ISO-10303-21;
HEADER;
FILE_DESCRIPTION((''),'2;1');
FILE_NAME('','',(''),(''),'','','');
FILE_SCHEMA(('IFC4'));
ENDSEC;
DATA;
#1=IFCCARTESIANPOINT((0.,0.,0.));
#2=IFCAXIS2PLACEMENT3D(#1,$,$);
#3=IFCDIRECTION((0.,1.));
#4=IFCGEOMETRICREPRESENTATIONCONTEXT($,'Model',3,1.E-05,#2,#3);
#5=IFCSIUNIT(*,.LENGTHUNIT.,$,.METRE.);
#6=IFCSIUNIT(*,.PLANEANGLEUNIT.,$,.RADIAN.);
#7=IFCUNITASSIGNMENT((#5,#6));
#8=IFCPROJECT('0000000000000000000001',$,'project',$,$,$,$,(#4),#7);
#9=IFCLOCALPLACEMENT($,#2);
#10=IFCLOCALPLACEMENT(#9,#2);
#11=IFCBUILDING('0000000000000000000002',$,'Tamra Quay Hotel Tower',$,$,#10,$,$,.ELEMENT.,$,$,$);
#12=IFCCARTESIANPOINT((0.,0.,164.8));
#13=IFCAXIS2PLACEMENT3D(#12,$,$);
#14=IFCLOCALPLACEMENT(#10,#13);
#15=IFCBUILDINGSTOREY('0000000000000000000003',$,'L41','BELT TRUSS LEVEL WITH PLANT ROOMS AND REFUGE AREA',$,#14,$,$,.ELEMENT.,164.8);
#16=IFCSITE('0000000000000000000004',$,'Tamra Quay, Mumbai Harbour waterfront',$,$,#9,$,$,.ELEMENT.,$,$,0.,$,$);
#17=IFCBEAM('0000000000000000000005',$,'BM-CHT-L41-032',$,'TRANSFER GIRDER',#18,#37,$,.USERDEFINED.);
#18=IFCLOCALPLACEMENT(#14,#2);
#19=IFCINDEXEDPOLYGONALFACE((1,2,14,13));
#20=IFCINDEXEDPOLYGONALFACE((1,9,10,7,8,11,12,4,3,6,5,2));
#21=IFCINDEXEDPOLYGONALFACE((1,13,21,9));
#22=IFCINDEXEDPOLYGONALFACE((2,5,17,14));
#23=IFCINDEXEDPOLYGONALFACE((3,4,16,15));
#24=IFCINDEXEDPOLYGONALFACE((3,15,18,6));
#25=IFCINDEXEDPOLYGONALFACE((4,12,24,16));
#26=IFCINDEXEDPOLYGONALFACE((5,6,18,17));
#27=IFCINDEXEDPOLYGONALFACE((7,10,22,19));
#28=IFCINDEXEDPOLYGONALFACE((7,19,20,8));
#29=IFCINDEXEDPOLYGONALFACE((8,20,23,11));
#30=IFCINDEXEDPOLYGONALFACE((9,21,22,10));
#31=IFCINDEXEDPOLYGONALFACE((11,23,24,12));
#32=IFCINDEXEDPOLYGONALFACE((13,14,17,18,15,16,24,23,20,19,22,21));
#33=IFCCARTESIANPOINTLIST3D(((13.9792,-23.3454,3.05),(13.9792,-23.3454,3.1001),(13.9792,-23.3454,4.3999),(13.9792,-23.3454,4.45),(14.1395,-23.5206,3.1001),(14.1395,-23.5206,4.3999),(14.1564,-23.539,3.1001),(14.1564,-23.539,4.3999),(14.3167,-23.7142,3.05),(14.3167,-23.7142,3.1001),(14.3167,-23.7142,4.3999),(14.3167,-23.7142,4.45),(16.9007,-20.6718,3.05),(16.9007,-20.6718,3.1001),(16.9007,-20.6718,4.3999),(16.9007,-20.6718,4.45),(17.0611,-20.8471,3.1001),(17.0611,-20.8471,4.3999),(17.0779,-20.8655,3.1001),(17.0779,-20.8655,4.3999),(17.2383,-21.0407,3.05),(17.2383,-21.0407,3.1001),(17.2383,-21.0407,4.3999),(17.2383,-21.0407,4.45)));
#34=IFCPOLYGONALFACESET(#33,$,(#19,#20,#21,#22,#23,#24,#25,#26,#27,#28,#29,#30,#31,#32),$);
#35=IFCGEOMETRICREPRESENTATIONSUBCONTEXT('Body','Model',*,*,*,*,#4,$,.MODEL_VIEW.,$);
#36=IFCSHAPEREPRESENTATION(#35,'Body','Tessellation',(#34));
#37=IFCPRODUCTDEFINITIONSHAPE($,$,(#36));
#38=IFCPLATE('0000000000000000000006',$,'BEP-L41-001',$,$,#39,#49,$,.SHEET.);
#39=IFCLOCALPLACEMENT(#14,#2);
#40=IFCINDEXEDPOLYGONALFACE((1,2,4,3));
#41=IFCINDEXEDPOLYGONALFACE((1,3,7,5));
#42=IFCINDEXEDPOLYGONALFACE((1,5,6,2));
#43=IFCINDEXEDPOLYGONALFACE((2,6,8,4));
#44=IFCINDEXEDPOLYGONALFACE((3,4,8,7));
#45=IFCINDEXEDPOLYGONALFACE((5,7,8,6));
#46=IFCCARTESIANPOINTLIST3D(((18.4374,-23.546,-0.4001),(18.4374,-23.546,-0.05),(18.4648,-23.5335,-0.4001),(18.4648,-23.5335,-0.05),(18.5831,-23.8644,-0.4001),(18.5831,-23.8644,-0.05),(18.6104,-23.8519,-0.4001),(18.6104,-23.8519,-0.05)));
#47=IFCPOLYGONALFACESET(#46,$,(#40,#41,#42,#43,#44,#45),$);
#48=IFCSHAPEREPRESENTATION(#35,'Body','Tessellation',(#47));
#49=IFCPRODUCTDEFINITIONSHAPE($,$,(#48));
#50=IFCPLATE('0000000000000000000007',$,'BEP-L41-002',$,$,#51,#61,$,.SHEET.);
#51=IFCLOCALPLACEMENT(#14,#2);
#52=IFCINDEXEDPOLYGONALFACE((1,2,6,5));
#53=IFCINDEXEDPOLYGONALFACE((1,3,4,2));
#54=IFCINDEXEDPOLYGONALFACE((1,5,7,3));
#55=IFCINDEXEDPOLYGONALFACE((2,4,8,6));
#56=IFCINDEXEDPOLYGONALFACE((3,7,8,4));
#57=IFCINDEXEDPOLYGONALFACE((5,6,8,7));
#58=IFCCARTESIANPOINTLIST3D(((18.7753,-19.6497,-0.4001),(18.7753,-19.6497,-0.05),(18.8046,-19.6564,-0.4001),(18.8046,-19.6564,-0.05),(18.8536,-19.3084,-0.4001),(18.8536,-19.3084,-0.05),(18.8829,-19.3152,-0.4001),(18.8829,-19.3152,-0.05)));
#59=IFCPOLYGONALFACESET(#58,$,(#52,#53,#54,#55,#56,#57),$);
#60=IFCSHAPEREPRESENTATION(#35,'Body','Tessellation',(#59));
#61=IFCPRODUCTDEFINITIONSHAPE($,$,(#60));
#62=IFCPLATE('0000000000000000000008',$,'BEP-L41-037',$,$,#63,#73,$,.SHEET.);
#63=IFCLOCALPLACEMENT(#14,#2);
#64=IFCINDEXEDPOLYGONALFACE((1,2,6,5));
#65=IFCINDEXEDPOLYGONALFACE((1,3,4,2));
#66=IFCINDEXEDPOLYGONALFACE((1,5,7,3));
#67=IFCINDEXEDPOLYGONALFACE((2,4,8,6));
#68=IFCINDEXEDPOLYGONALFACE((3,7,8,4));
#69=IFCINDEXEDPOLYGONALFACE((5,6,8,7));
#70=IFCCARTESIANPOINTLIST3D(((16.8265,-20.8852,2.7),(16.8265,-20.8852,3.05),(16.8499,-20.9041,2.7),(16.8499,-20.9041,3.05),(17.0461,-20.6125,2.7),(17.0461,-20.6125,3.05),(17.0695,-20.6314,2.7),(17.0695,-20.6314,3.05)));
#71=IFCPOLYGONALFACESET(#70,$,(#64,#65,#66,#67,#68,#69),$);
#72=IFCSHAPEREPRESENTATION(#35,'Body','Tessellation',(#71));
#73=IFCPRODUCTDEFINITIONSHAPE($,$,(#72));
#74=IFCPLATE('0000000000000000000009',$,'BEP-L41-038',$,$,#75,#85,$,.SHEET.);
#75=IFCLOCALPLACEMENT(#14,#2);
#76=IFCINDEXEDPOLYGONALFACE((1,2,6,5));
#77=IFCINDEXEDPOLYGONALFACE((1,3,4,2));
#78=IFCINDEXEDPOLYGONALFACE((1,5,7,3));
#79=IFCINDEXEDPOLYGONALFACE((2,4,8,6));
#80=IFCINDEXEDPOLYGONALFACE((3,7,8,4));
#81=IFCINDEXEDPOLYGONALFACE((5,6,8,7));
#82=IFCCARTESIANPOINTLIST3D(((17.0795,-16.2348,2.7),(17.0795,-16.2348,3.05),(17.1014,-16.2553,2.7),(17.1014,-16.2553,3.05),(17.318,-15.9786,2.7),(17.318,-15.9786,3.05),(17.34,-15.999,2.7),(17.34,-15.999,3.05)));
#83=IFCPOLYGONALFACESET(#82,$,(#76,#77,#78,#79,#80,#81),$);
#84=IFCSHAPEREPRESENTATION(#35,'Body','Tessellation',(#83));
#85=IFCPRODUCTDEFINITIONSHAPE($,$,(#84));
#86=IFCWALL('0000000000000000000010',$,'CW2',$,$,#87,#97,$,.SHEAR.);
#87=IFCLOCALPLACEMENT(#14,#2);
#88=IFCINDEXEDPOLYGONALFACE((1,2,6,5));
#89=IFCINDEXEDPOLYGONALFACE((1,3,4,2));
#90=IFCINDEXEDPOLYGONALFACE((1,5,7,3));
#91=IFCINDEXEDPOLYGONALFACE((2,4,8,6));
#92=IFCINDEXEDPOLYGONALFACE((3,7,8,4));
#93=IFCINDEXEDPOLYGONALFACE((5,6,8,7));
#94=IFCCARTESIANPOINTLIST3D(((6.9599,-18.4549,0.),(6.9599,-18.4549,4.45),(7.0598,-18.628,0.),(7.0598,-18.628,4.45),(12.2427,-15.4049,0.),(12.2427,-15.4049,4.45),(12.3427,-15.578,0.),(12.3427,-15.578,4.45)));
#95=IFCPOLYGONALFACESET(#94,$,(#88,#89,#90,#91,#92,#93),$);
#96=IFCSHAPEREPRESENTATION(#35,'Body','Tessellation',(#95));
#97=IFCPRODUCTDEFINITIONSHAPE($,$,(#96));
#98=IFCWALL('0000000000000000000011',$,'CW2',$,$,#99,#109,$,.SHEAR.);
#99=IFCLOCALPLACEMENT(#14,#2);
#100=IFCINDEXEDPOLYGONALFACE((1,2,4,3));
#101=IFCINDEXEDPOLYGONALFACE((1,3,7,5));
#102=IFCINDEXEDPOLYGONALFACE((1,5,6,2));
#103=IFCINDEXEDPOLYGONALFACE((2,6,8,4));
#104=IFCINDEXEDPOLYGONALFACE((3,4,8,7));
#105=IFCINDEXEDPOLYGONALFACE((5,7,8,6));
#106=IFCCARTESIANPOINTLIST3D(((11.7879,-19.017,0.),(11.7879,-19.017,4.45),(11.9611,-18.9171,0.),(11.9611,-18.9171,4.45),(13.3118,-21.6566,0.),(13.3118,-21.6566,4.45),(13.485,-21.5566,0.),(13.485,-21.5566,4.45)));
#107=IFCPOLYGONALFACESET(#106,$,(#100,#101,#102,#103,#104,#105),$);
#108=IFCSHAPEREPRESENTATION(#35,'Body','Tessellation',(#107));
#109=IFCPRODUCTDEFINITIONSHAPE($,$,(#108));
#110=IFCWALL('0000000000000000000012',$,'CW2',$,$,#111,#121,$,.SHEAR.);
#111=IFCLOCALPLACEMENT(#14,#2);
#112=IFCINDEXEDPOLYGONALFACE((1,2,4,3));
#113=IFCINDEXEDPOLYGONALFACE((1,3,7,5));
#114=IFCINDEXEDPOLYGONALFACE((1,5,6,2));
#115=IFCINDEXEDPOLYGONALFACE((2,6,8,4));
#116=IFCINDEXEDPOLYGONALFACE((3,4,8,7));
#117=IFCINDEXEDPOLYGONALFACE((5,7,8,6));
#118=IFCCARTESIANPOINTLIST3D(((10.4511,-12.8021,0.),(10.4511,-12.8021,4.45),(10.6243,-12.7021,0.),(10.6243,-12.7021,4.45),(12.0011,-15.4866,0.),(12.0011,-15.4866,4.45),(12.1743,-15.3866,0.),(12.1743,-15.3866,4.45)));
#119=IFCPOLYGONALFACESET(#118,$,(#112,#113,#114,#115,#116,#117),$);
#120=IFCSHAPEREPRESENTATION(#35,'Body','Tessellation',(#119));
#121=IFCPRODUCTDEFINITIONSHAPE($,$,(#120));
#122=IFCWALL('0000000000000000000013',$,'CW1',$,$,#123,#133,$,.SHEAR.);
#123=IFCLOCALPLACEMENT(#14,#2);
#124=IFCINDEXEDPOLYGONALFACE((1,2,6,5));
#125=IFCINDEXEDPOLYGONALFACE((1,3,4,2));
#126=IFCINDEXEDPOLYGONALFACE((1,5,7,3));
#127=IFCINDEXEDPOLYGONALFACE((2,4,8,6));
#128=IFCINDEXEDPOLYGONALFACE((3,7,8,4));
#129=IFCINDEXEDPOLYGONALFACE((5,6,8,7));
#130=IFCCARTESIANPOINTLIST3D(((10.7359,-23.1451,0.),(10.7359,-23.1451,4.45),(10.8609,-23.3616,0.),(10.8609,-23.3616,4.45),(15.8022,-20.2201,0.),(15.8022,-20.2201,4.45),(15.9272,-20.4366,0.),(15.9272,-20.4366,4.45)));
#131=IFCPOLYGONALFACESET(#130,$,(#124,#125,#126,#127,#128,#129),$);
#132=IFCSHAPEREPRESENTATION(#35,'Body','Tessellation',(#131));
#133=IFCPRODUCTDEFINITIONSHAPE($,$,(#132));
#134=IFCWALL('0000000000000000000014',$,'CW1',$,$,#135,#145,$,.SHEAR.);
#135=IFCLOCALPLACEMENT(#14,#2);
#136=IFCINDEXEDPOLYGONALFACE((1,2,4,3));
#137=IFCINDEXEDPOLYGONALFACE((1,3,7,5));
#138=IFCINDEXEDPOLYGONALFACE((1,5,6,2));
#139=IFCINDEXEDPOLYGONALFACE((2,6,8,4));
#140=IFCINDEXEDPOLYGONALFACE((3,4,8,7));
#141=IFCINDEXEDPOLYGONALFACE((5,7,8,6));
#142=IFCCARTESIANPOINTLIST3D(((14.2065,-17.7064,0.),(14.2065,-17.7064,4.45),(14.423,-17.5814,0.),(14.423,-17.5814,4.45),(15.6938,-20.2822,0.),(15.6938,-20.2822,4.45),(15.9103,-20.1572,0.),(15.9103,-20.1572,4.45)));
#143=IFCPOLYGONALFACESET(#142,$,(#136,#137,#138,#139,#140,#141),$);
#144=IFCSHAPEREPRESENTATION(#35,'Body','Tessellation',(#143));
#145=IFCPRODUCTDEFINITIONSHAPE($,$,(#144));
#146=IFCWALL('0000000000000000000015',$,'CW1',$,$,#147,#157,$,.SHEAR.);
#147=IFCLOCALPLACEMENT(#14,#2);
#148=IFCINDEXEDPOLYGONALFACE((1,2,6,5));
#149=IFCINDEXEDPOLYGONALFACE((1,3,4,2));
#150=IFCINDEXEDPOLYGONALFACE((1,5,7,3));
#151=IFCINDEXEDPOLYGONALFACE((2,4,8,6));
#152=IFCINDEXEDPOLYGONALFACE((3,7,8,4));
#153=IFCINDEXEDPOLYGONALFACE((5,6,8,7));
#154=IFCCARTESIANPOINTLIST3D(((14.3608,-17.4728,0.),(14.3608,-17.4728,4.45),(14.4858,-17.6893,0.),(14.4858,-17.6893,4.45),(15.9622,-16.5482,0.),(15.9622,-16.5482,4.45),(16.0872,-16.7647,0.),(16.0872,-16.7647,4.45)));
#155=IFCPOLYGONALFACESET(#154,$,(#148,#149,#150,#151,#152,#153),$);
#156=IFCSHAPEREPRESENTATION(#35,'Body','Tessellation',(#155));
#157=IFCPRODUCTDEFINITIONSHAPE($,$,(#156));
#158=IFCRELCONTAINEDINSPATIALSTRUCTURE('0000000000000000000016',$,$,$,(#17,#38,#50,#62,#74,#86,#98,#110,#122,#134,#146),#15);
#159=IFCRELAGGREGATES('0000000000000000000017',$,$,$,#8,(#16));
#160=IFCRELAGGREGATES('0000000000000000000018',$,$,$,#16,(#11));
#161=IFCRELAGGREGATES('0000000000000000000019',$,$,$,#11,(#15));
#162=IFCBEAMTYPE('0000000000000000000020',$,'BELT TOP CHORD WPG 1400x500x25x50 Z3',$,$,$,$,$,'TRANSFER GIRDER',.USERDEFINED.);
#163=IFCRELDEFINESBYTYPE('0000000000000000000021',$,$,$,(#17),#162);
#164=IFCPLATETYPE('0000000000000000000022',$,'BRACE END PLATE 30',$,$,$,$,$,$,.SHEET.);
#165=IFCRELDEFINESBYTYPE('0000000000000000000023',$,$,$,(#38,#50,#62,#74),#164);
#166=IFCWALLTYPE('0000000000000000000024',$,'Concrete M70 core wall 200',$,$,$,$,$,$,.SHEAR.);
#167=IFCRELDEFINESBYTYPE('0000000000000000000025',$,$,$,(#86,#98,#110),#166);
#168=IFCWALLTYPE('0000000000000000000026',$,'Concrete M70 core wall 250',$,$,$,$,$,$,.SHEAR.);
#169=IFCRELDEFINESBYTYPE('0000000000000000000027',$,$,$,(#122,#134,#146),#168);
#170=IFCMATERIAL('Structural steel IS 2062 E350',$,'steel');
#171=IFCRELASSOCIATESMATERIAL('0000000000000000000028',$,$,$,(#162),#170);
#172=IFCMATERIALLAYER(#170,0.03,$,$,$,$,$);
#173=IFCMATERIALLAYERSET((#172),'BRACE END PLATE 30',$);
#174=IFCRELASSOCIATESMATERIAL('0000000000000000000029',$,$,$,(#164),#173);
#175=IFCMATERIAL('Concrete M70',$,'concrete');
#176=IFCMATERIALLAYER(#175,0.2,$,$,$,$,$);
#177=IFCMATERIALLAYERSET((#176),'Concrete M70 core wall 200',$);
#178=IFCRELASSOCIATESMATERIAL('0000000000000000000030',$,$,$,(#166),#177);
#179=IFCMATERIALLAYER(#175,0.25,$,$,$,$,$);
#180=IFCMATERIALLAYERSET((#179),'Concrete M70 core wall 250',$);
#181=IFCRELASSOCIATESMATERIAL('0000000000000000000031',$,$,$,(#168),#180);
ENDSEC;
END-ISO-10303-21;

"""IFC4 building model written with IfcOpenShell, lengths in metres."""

from ifc_helpers import new_model, si_unit, direction, frame, frame_2d, origin, origin_2d, place, context, subcontext, project, spatial, rectangle, i_section, extrude, material, layer, layer_set, material_profile, profile_set, type_object, element, save


model = new_model("IFC4")

# Units and contexts
model_context = context("Model", 3, precision=1e-05, world=origin(), true_north=direction((0.0, 1.0)))
body_context = subcontext(model_context, "Body", "Model", "MODEL_VIEW")
ifc_project = project(units=[si_unit("LENGTHUNIT", "METRE"), si_unit("PLANEANGLEUNIT", "RADIAN")], contexts=[model_context])

# Site, building, storey
site_placement = place(None, origin())
site = spatial("IfcSite", under=ifc_project, at=site_placement, Name="Tamra Quay, Mumbai Harbour waterfront", CompositionType="ELEMENT", RefElevation=0.0)
building_placement = place(site_placement, origin())
building = spatial("IfcBuilding", under=site, at=building_placement, Name="Tamra Quay Hotel Tower", CompositionType="ELEMENT")
storey_placement = place(building_placement, frame((0.0, 0.0, 164.8)))
storey = spatial("IfcBuildingStorey", under=building, at=storey_placement, Name="L41", Description="BELT TRUSS LEVEL WITH PLANT ROOMS AND REFUGE AREA", CompositionType="ELEMENT", Elevation=164.8)

# Shared definitions
ifc_material_1 = material(Name="Concrete M70", Category="concrete")

# Shared definitions
ifc_material_2 = material(Name="Structural steel IS 2062 E350", Category="steel")

# Beam
ifc_material_profile_1 = material_profile(ifc_material_2, i_section(OverallWidth=0.5, OverallDepth=1.3999, WebThickness=0.0249, FlangeThickness=0.05, at=origin_2d()), Name="WPG 1400x500x25x50")
ifc_profile_set_1 = profile_set([ifc_material_profile_1], Name="Structural steel IS 2062 E350")
beam_type_1 = type_object("IfcBeamType", Name="BELT TOP CHORD WPG 1400x500x25x50 Z3", ElementType="TRANSFER GIRDER", PredefinedType="USERDEFINED", material=ifc_profile_set_1)
beam_1_placement = place(storey_placement, frame((14.1479, -23.5298, 3.75), z_axis=(0.73773, 0.675096, 0.0), x_axis=(-0.675096, 0.73773, 0.0)))
element("IfcBeam", 1, at=beam_1_placement, inside=storey, type_object=beam_type_1, Name="BM-CHT-L41-032", ObjectType="TRANSFER GIRDER", PredefinedType="USERDEFINED", context=body_context, shape_type="SweptSolid", body=[
    extrude(i_section(OverallWidth=0.5, OverallDepth=1.3999, WebThickness=0.0249, FlangeThickness=0.05, at=origin_2d()), origin(), (0.0, 0.0, 1.0), 3.9602),
])

# Plates
ifc_layer_1 = layer(ifc_material_2, 0.03)
ifc_layer_set_1 = layer_set([ifc_layer_1], Name="BRACE END PLATE 30")
plate_type = type_object("IfcPlateType", Name="BRACE END PLATE 30", PredefinedType="SHEET", material=ifc_layer_set_1)
for number, where, z_axis, x_axis, name in (
    (2, (18.5239, -23.699, -0.4001), (0.0, 0.0, 1.0), (0.909358, 0.416014, 0.0), "BEP-L41-001"),
    (3, (18.8291, -19.4824, -0.4001), (0.0, 0.0, 1.0), (-0.974693, 0.223548, 0.0), "BEP-L41-002"),
    (4, (16.948, -20.7583, 2.7), (0.0, 0.0, 1.0), (-0.778877, 0.627176, 0.0), "BEP-L41-037"),
    (5, (17.2097, -16.1169, 2.7), (0.0, 0.0, 1.0), (-0.731939, 0.68137, 0.0), "BEP-L41-038"),
):
    element("IfcPlate", number, at=place(storey_placement, frame(where, z_axis=z_axis, x_axis=x_axis)), inside=storey, type_object=plate_type, Name=name, PredefinedType="SHEET", context=body_context, shape_type="SweptSolid", body=[
        extrude(rectangle(XDim=0.03, YDim=0.3501, at=origin_2d()), origin(), (0.0, 0.0, 1.0), 0.3501),
    ])

# Walls
ifc_layer_2 = layer(ifc_material_1, 0.2)
ifc_layer_set_2 = layer_set([ifc_layer_2], Name="Concrete M70 core wall 200")
wall_type_1 = type_object("IfcWallType", Name="Concrete M70 core wall 200", PredefinedType="SHEAR", material=ifc_layer_set_2)
wall_1_placement = place(storey_placement, frame((12.2927, -15.4915, 0.0), z_axis=(0.0, 0.0, 1.0), x_axis=(-0.86603, -0.499992, 0.0)))
element("IfcWall", 6, at=wall_1_placement, inside=storey, type_object=wall_type_1, Name="CW2", PredefinedType="SHEAR", context=body_context, shape_type="SweptSolid", body=[
    extrude(rectangle(XDim=6.1001, YDim=0.2, at=frame_2d((3.05, 0.0))), origin(), (0.0, 0.0, 1.0), 4.45),
])
wall_2_placement = place(storey_placement, frame((11.8745, -18.967, 0.0), z_axis=(0.0, 0.0, 1.0), x_axis=(0.499981, -0.866036, 0.0)))
element("IfcWall", 7, at=wall_2_placement, inside=storey, type_object=wall_type_1, Name="CW2", PredefinedType="SHEAR", context=body_context, shape_type="SweptSolid", body=[
    extrude(rectangle(XDim=3.0479, YDim=0.2, at=frame_2d((1.5239, 0.0))), origin(), (0.0, 0.0, 1.0), 4.45),
])
wall_3_placement = place(storey_placement, frame((12.0876, -15.4365, 0.0), z_axis=(0.0, 0.0, 1.0), x_axis=(-0.500027, 0.86601, 0.0)))
element("IfcWall", 8, at=wall_3_placement, inside=storey, type_object=wall_type_1, Name="CW2", PredefinedType="SHEAR", context=body_context, shape_type="SweptSolid", body=[
    extrude(rectangle(XDim=3.0999, YDim=0.2, at=frame_2d((1.5498, 0.0))), origin(), (0.0, 0.0, 1.0), 4.45),
])
ifc_layer_3 = layer(ifc_material_1, 0.25)
ifc_layer_set_3 = layer_set([ifc_layer_3], Name="Concrete M70 core wall 250")
wall_type_2 = type_object("IfcWallType", Name="Concrete M70 core wall 250", PredefinedType="SHEAR", material=ifc_layer_set_3)
wall_4_placement = place(storey_placement, frame((15.8647, -20.3284, 0.0), z_axis=(0.0, 0.0, 1.0), x_axis=(-0.866029, -0.499995, 0.0)))
element("IfcWall", 9, at=wall_4_placement, inside=storey, type_object=wall_type_2, Name="CW1", PredefinedType="SHEAR", context=body_context, shape_type="SweptSolid", body=[
    extrude(rectangle(XDim=5.8501, YDim=0.25, at=frame_2d((2.925, 0.0))), origin(), (0.0, 0.0, 1.0), 4.45),
])
wall_5_placement = place(storey_placement, frame((14.3147, -17.6438, 0.0), z_axis=(0.0, 0.0, 1.0), x_axis=(0.500023, -0.866012, 0.0)))
element("IfcWall", 10, at=wall_5_placement, inside=storey, type_object=wall_type_2, Name="CW1", PredefinedType="SHEAR", context=body_context, shape_type="SweptSolid", body=[
    extrude(rectangle(XDim=2.9744, YDim=0.25, at=frame_2d((1.4873, 0.0))), origin(), (0.0, 0.0, 1.0), 4.45),
])
wall_6_placement = place(storey_placement, frame((16.0247, -16.6565, 0.0), z_axis=(0.0, 0.0, 1.0), x_axis=(-0.866016, -0.500016, 0.0)))
element("IfcWall", 11, at=wall_6_placement, inside=storey, type_object=wall_type_2, Name="CW1", PredefinedType="SHEAR", context=body_context, shape_type="SweptSolid", body=[
    extrude(rectangle(XDim=1.8491, YDim=0.25, at=frame_2d((0.9246, 0.0))), origin(), (0.0, 0.0, 1.0), 4.45),
])

save(model, "model.ifc")
